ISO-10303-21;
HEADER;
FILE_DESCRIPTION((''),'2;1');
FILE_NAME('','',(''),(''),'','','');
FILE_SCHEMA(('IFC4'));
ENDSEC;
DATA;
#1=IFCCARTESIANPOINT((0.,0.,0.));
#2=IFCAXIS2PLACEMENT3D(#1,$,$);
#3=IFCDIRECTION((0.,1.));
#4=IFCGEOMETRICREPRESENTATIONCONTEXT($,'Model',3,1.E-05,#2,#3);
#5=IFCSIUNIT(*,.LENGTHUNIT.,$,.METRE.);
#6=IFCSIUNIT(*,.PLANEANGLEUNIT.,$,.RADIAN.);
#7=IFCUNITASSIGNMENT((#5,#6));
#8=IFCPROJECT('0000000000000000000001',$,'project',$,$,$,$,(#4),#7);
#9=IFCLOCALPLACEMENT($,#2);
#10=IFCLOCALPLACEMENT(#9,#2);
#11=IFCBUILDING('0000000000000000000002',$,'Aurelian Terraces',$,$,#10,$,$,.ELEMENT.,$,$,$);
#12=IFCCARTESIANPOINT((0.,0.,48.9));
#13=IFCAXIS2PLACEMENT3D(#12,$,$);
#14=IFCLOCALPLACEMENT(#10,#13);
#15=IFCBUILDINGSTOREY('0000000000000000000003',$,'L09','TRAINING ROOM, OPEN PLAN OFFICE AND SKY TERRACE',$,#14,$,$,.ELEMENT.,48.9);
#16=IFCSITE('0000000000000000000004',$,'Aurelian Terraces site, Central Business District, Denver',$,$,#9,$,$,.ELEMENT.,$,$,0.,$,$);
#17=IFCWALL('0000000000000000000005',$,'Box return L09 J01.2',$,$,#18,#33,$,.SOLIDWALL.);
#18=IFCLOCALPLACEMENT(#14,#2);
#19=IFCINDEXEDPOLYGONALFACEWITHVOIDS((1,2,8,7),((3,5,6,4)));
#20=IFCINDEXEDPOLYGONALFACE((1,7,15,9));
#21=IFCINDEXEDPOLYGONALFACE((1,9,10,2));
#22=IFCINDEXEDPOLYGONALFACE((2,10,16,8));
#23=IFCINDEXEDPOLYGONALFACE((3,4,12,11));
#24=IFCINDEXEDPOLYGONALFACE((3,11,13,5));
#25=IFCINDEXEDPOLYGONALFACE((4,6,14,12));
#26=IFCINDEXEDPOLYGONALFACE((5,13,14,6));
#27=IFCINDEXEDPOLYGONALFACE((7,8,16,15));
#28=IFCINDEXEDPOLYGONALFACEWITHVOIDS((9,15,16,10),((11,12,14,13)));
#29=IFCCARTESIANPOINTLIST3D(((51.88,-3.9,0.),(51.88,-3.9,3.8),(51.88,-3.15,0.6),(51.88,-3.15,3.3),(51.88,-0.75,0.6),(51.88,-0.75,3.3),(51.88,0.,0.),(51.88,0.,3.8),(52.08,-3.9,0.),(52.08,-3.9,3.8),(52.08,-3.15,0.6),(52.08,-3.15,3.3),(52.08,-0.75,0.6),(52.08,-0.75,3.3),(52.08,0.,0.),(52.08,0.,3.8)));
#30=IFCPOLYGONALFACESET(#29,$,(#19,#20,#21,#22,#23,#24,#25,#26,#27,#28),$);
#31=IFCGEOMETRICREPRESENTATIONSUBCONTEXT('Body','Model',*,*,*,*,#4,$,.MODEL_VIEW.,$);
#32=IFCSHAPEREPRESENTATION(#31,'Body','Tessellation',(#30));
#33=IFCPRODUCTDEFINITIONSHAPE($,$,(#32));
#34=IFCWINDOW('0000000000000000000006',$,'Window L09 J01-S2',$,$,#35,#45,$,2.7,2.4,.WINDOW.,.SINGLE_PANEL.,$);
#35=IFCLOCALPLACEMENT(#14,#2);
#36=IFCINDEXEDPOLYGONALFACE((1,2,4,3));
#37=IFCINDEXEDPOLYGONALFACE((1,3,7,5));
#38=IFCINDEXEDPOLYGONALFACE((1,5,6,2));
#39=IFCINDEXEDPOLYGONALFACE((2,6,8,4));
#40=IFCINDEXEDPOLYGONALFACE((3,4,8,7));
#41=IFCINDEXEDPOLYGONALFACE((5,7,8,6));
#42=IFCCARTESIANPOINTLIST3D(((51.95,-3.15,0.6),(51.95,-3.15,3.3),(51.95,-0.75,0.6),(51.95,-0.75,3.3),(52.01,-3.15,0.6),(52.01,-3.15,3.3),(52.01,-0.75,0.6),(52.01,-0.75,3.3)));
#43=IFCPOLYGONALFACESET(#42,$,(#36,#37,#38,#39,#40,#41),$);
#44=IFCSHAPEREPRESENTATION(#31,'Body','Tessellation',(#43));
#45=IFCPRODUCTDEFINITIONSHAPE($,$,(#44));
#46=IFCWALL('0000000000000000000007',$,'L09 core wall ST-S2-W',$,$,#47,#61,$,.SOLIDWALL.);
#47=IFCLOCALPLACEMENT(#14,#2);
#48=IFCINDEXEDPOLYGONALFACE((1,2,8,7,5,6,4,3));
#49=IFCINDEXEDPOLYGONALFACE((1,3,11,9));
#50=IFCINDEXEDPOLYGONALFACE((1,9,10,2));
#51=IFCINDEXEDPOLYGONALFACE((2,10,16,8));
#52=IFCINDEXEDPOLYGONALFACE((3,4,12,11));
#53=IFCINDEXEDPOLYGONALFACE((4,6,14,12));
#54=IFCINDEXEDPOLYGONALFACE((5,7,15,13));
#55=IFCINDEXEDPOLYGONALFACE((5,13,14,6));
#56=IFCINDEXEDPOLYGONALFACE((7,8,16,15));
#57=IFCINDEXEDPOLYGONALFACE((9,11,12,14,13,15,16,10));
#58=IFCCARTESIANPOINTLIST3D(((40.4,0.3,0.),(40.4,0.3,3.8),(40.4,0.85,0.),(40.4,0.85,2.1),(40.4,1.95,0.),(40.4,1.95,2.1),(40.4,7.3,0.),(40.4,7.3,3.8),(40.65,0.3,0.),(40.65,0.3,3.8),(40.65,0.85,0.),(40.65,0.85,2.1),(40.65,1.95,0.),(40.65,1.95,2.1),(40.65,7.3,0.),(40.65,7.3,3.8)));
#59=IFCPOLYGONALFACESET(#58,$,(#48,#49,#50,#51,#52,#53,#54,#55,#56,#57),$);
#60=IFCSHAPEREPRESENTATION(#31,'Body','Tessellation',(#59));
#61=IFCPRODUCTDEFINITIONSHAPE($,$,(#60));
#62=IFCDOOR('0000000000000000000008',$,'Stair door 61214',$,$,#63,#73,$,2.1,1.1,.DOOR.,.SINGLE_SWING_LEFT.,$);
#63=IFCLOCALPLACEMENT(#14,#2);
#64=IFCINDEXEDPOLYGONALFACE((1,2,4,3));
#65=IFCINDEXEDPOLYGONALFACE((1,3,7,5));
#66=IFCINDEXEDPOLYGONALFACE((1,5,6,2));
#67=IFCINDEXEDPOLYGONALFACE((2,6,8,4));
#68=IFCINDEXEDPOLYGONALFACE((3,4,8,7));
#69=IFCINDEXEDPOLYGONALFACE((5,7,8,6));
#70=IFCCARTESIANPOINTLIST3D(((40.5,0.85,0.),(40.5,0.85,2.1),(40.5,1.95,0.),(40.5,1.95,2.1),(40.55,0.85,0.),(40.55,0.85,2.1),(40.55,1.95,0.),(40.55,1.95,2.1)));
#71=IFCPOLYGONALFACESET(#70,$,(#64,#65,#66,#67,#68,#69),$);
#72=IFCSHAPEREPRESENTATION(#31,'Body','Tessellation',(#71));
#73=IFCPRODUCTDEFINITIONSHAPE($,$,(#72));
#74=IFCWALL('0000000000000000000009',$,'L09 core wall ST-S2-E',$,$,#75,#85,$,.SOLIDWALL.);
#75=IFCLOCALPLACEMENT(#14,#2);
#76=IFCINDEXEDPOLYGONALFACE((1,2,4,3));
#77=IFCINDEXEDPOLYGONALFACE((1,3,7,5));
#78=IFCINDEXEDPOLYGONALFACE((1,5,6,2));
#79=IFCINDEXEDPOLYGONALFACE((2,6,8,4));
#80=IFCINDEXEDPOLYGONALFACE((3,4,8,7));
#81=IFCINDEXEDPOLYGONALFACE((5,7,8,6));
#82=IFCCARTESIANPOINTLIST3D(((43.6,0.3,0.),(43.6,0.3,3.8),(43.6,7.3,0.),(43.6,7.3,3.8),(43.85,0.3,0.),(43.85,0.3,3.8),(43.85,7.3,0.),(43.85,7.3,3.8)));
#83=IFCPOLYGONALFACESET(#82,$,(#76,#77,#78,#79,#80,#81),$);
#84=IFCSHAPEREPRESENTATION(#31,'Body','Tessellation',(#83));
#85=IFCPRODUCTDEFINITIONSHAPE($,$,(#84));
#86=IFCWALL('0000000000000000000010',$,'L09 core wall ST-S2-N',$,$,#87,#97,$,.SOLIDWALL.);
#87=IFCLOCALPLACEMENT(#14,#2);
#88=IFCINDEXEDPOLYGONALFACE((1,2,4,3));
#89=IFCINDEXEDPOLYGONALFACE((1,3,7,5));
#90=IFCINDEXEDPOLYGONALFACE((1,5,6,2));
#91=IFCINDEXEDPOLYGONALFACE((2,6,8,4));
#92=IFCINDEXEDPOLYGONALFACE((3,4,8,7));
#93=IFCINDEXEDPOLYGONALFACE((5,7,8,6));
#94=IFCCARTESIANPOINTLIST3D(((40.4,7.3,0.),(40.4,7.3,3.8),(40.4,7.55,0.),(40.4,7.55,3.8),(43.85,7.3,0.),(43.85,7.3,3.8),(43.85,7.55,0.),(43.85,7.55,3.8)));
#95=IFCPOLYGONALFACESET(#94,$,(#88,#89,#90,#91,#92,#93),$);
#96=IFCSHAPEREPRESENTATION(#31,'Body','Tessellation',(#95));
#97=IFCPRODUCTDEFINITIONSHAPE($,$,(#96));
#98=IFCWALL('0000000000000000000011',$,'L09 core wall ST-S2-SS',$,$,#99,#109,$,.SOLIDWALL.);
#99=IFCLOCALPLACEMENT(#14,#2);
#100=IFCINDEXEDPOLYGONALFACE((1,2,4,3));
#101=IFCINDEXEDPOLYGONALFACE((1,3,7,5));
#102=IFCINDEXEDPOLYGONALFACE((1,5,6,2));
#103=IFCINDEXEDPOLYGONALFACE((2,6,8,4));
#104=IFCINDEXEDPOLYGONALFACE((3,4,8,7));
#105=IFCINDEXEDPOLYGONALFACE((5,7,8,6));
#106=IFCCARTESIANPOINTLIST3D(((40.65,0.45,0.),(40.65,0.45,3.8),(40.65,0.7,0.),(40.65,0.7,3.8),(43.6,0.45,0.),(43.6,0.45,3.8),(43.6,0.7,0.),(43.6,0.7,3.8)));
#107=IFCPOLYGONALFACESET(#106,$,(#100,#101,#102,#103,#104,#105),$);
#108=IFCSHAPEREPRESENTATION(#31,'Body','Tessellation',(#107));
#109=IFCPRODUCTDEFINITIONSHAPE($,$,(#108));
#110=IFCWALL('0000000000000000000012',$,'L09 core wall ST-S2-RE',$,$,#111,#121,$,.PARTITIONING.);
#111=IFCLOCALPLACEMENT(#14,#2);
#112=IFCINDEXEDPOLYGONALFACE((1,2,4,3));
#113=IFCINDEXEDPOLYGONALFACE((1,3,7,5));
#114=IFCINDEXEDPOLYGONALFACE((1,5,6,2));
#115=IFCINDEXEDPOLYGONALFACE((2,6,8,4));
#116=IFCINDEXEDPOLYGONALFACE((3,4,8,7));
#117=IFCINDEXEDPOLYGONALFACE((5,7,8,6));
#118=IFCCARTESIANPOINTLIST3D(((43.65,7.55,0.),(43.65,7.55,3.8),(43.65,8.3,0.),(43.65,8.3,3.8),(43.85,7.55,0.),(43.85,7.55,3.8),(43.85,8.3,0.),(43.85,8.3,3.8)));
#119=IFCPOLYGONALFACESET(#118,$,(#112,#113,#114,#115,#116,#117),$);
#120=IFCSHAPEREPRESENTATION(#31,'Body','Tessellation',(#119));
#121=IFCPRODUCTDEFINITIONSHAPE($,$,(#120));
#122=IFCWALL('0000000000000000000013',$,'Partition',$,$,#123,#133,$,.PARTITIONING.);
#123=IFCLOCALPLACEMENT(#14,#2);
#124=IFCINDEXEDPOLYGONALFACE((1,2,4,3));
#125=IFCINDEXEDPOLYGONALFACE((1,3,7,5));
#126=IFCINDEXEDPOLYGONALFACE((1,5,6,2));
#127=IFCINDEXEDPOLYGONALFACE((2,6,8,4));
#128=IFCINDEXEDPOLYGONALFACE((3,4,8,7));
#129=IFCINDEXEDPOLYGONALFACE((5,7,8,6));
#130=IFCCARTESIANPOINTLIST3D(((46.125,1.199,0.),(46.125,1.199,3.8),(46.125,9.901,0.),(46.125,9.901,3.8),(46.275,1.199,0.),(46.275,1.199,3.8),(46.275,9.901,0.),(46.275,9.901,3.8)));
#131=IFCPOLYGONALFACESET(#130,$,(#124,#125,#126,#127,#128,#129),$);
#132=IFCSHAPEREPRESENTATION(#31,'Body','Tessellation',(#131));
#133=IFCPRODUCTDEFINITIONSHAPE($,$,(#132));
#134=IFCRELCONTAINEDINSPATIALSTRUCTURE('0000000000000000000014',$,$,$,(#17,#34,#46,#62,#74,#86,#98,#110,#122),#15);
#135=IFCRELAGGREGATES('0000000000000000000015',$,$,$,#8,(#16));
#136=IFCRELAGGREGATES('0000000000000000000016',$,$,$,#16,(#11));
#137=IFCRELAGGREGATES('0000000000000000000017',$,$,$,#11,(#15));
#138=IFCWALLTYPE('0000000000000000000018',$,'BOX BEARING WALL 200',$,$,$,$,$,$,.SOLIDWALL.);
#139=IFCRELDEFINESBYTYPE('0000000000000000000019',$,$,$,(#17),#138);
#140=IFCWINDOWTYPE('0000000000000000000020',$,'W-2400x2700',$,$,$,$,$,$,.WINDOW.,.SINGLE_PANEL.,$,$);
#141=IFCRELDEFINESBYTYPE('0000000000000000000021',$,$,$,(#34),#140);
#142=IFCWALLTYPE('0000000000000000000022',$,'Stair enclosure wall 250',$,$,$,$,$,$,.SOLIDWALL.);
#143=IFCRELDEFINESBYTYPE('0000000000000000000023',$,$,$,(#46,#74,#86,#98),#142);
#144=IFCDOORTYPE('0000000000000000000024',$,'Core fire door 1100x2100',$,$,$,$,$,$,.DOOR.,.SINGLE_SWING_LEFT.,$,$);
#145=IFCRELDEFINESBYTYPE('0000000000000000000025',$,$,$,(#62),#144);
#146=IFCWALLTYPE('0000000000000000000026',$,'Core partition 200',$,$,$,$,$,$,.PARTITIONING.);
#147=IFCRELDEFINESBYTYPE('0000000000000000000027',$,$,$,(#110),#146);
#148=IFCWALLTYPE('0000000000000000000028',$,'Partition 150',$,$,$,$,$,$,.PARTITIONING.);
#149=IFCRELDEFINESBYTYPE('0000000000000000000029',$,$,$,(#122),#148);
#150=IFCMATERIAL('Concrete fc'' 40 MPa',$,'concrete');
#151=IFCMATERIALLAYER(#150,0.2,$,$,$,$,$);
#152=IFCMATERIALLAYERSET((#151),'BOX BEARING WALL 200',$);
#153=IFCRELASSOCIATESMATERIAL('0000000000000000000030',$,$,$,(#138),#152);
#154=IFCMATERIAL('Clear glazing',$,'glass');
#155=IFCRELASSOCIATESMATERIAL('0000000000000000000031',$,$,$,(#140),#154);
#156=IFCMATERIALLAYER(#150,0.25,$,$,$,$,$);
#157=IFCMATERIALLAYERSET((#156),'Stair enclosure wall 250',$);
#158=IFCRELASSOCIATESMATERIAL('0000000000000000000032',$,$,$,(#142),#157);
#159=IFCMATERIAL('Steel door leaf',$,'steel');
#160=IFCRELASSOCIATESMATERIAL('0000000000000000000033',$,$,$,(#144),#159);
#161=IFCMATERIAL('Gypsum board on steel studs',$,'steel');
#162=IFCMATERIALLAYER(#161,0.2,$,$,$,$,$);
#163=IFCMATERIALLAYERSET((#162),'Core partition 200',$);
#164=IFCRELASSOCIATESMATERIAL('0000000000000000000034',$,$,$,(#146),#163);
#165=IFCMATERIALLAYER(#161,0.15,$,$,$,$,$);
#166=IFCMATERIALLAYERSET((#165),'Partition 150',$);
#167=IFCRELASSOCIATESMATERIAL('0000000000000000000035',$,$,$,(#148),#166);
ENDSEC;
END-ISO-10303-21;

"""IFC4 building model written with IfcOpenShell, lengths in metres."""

from ifc_helpers import new_model, si_unit, direction, frame, frame_2d, origin, place, context, subcontext, project, spatial, rectangle, extrude, source, transform, mapped, material, layer, layer_set, type_object, element, fill, save


model = new_model("IFC4")

# Units and contexts
model_context = context("Model", 3, precision=1e-05, world=origin(), true_north=direction((0.0, 1.0)))
body_context = subcontext(model_context, "Body", "Model", "MODEL_VIEW")
ifc_project = project(units=[si_unit("LENGTHUNIT", "METRE"), si_unit("PLANEANGLEUNIT", "RADIAN")], contexts=[model_context])

# Site, building, storey
site_placement = place(None, origin())
site = spatial("IfcSite", under=ifc_project, at=site_placement, Name="Aurelian Terraces site, Central Business District, Denver", CompositionType="ELEMENT", RefElevation=0.0)
building_placement = place(site_placement, origin())
building = spatial("IfcBuilding", under=site, at=building_placement, Name="Aurelian Terraces", CompositionType="ELEMENT")
storey_placement = place(building_placement, frame((0.0, 0.0, 48.9)))
storey = spatial("IfcBuildingStorey", under=building, at=storey_placement, Name="L09", Description="TRAINING ROOM, OPEN PLAN OFFICE AND SKY TERRACE", CompositionType="ELEMENT", Elevation=48.9)

# Shared definitions
ifc_material_1 = material(Name="Concrete fc' 40 MPa", Category="concrete")
ifc_layer_1 = layer(ifc_material_1, 0.2)
ifc_layer_set_1 = layer_set([ifc_layer_1], Name="BOX BEARING WALL 200")
wall_type_1 = type_object("IfcWallType", Name="BOX BEARING WALL 200", PredefinedType="SOLIDWALL", material=ifc_layer_set_1)
shared_shape_1 = source(origin(), body_context, "Body", "SweptSolid", [
    extrude(rectangle(XDim=2.4, YDim=2.7, at=frame_2d((1.2, 1.35))), frame((0.0, 0.11, 0.0), z_axis=(0.0, -1.0, 0.0), x_axis=(1.0, 0.0, 0.0)), (0.0, 0.0, 1.0), 0.22),
])
ifc_material_2 = material(Name="Clear glazing", Category="glass")
window_type_1 = type_object("IfcWindowType", Name="W-2400x2700", PartitioningType="SINGLE_PANEL", PredefinedType="WINDOW", material=ifc_material_2)
shared_shape_2 = source(origin(), body_context, "Body", "SweptSolid", [
    extrude(rectangle(XDim=2.4, YDim=2.7, at=frame_2d((1.2, 1.35))), frame((0.0, 0.03, 0.0), z_axis=(0.0, -1.0, 0.0), x_axis=(1.0, 0.0, 0.0)), (0.0, 0.0, 1.0), 0.06),
])

# Wall, opening, window
shared_shape_3 = source(origin(), body_context, "Body", "SweptSolid", [
    extrude(rectangle(XDim=3.9, YDim=0.2, at=frame_2d((1.95, 0.0))), origin(), (0.0, 0.0, 1.0), 3.8),
])
wall_1_placement = place(storey_placement, frame((51.98, 0.0, 0.0), z_axis=(0.0, 0.0, 1.0), x_axis=(0.0, -1.0, 0.0)))
wall_1 = element("IfcWall", 1, at=wall_1_placement, inside=storey, type_object=wall_type_1, Name="Box return L09 J01.2", PredefinedType="SOLIDWALL", context=body_context, shape_type="MappedRepresentation", body=[
    mapped(shared_shape_3, transform((0.0, 0.0, 0.0), scale=1.0)),
])
opening_1_placement = place(wall_1_placement, frame((0.75, 0.0, 0.6)))
opening_1 = element("IfcOpeningElement", 2, at=opening_1_placement, cuts=wall_1, PredefinedType="OPENING", context=body_context, shape_type="MappedRepresentation", body=[
    mapped(shared_shape_1, transform((0.0, 0.0, 0.0), scale=1.0)),
])
window_1_placement = place(opening_1_placement, origin())
window_1 = element("IfcWindow", 3, at=window_1_placement, inside=storey, type_object=window_type_1, Name="Window L09 J01-S2", OverallHeight=2.7, OverallWidth=2.4, PartitioningType="SINGLE_PANEL", PredefinedType="WINDOW", context=body_context, shape_type="MappedRepresentation", body=[
    mapped(shared_shape_2, transform((0.0, 0.0, 0.0), scale=1.0)),
])
fill(opening_1, window_1)

# Wall, opening, door
ifc_layer_2 = layer(ifc_material_1, 0.25)
ifc_layer_set_2 = layer_set([ifc_layer_2], Name="Stair enclosure wall 250")
wall_type_2 = type_object("IfcWallType", Name="Stair enclosure wall 250", PredefinedType="SOLIDWALL", material=ifc_layer_set_2)
shared_shape_4 = source(origin(), body_context, "Body", "SweptSolid", [
    extrude(rectangle(XDim=7.0, YDim=0.25, at=frame_2d((3.5, 0.0))), origin(), (0.0, 0.0, 1.0), 3.8),
])
wall_2_placement = place(storey_placement, frame((40.525, 0.3, 0.0), z_axis=(0.0, 0.0, 1.0), x_axis=(0.0, 1.0, 0.0)))
wall_2 = element("IfcWall", 4, at=wall_2_placement, inside=storey, type_object=wall_type_2, Name="L09 core wall ST-S2-W", PredefinedType="SOLIDWALL", context=body_context, shape_type="MappedRepresentation", body=[
    mapped(shared_shape_4, transform((0.0, 0.0, 0.0), scale=1.0)),
])
shared_shape_5 = source(origin(), body_context, "Body", "SweptSolid", [
    extrude(rectangle(XDim=1.1, YDim=2.1, at=frame_2d((0.55, 1.05))), frame((0.0, 0.135, 0.0), z_axis=(0.0, -1.0, 0.0), x_axis=(1.0, 0.0, 0.0)), (0.0, 0.0, 1.0), 0.27),
])
opening_2_placement = place(wall_2_placement, frame((0.55, 0.0, 0.0)))
opening_2 = element("IfcOpeningElement", 5, at=opening_2_placement, cuts=wall_2, PredefinedType="OPENING", context=body_context, shape_type="MappedRepresentation", body=[
    mapped(shared_shape_5, transform((0.0, 0.0, 0.0), scale=1.0)),
])
ifc_material_3 = material(Name="Steel door leaf", Category="steel")
door_type_1 = type_object("IfcDoorType", Name="Core fire door 1100x2100", OperationType="SINGLE_SWING_LEFT", PredefinedType="DOOR", material=ifc_material_3)
shared_shape_6 = source(origin(), body_context, "Body", "SweptSolid", [
    extrude(rectangle(XDim=1.1, YDim=2.1, at=frame_2d((0.55, 1.05))), frame((0.0, 0.025, 0.0), z_axis=(0.0, -1.0, 0.0), x_axis=(1.0, 0.0, 0.0)), (0.0, 0.0, 1.0), 0.05),
])
door_1_placement = place(opening_2_placement, origin())
door_1 = element("IfcDoor", 6, at=door_1_placement, inside=storey, type_object=door_type_1, Name="Stair door 61214", OperationType="SINGLE_SWING_LEFT", OverallHeight=2.1, OverallWidth=1.1, PredefinedType="DOOR", context=body_context, shape_type="MappedRepresentation", body=[
    mapped(shared_shape_6, transform((0.0, 0.0, 0.0), scale=1.0)),
])
fill(opening_2, door_1)

# Walls
wall_3_placement = place(storey_placement, frame((43.725, 0.3, 0.0), z_axis=(0.0, 0.0, 1.0), x_axis=(0.0, 1.0, 0.0)))
element("IfcWall", 7, at=wall_3_placement, inside=storey, type_object=wall_type_2, Name="L09 core wall ST-S2-E", PredefinedType="SOLIDWALL", context=body_context, shape_type="MappedRepresentation", body=[
    mapped(shared_shape_4, transform((0.0, 0.0, 0.0), scale=1.0)),
])
shared_shape_7 = source(origin(), body_context, "Body", "SweptSolid", [
    extrude(rectangle(XDim=3.45, YDim=0.25, at=frame_2d((1.725, 0.0))), origin(), (0.0, 0.0, 1.0), 3.8),
])
wall_4_placement = place(storey_placement, frame((40.4, 7.425, 0.0), z_axis=(0.0, 0.0, 1.0), x_axis=(1.0, 0.0, 0.0)))
element("IfcWall", 8, at=wall_4_placement, inside=storey, type_object=wall_type_2, Name="L09 core wall ST-S2-N", PredefinedType="SOLIDWALL", context=body_context, shape_type="MappedRepresentation", body=[
    mapped(shared_shape_7, transform((0.0, 0.0, 0.0), scale=1.0)),
])
shared_shape_8 = source(origin(), body_context, "Body", "SweptSolid", [
    extrude(rectangle(XDim=2.95, YDim=0.25, at=frame_2d((1.475, 0.0))), origin(), (0.0, 0.0, 1.0), 3.8),
])
wall_5_placement = place(storey_placement, frame((40.65, 0.575, 0.0), z_axis=(0.0, 0.0, 1.0), x_axis=(1.0, 0.0, 0.0)))
element("IfcWall", 9, at=wall_5_placement, inside=storey, type_object=wall_type_2, Name="L09 core wall ST-S2-SS", PredefinedType="SOLIDWALL", context=body_context, shape_type="MappedRepresentation", body=[
    mapped(shared_shape_8, transform((0.0, 0.0, 0.0), scale=1.0)),
])
ifc_material_4 = material(Name="Gypsum board on steel studs", Category="steel")
ifc_layer_3 = layer(ifc_material_4, 0.2)
ifc_layer_set_3 = layer_set([ifc_layer_3], Name="Core partition 200")
wall_type_3 = type_object("IfcWallType", Name="Core partition 200", PredefinedType="PARTITIONING", material=ifc_layer_set_3)
shared_shape_9 = source(origin(), body_context, "Body", "SweptSolid", [
    extrude(rectangle(XDim=0.75, YDim=0.2, at=frame_2d((0.375, 0.0))), origin(), (0.0, 0.0, 1.0), 3.8),
])
wall_6_placement = place(storey_placement, frame((43.75, 7.55, 0.0), z_axis=(0.0, 0.0, 1.0), x_axis=(0.0, 1.0, 0.0)))
element("IfcWall", 10, at=wall_6_placement, inside=storey, type_object=wall_type_3, Name="L09 core wall ST-S2-RE", PredefinedType="PARTITIONING", context=body_context, shape_type="MappedRepresentation", body=[
    mapped(shared_shape_9, transform((0.0, 0.0, 0.0), scale=1.0)),
])
ifc_layer_4 = layer(ifc_material_4, 0.15)
ifc_layer_set_4 = layer_set([ifc_layer_4], Name="Partition 150")
wall_type_4 = type_object("IfcWallType", Name="Partition 150", PredefinedType="PARTITIONING", material=ifc_layer_set_4)
shared_shape_10 = source(origin(), body_context, "Body", "SweptSolid", [
    extrude(rectangle(XDim=8.702, YDim=0.15, at=frame_2d((4.351, 0.0))), origin(), (0.0, 0.0, 1.0), 3.8),
])
wall_7_placement = place(storey_placement, frame((46.2, 1.199, 0.0), z_axis=(0.0, 0.0, 1.0), x_axis=(0.0, 1.0, 0.0)))
element("IfcWall", 11, at=wall_7_placement, inside=storey, type_object=wall_type_4, Name="Partition", PredefinedType="PARTITIONING", context=body_context, shape_type="MappedRepresentation", body=[
    mapped(shared_shape_10, transform((0.0, 0.0, 0.0), scale=1.0)),
])

save(model, "model.ifc")
